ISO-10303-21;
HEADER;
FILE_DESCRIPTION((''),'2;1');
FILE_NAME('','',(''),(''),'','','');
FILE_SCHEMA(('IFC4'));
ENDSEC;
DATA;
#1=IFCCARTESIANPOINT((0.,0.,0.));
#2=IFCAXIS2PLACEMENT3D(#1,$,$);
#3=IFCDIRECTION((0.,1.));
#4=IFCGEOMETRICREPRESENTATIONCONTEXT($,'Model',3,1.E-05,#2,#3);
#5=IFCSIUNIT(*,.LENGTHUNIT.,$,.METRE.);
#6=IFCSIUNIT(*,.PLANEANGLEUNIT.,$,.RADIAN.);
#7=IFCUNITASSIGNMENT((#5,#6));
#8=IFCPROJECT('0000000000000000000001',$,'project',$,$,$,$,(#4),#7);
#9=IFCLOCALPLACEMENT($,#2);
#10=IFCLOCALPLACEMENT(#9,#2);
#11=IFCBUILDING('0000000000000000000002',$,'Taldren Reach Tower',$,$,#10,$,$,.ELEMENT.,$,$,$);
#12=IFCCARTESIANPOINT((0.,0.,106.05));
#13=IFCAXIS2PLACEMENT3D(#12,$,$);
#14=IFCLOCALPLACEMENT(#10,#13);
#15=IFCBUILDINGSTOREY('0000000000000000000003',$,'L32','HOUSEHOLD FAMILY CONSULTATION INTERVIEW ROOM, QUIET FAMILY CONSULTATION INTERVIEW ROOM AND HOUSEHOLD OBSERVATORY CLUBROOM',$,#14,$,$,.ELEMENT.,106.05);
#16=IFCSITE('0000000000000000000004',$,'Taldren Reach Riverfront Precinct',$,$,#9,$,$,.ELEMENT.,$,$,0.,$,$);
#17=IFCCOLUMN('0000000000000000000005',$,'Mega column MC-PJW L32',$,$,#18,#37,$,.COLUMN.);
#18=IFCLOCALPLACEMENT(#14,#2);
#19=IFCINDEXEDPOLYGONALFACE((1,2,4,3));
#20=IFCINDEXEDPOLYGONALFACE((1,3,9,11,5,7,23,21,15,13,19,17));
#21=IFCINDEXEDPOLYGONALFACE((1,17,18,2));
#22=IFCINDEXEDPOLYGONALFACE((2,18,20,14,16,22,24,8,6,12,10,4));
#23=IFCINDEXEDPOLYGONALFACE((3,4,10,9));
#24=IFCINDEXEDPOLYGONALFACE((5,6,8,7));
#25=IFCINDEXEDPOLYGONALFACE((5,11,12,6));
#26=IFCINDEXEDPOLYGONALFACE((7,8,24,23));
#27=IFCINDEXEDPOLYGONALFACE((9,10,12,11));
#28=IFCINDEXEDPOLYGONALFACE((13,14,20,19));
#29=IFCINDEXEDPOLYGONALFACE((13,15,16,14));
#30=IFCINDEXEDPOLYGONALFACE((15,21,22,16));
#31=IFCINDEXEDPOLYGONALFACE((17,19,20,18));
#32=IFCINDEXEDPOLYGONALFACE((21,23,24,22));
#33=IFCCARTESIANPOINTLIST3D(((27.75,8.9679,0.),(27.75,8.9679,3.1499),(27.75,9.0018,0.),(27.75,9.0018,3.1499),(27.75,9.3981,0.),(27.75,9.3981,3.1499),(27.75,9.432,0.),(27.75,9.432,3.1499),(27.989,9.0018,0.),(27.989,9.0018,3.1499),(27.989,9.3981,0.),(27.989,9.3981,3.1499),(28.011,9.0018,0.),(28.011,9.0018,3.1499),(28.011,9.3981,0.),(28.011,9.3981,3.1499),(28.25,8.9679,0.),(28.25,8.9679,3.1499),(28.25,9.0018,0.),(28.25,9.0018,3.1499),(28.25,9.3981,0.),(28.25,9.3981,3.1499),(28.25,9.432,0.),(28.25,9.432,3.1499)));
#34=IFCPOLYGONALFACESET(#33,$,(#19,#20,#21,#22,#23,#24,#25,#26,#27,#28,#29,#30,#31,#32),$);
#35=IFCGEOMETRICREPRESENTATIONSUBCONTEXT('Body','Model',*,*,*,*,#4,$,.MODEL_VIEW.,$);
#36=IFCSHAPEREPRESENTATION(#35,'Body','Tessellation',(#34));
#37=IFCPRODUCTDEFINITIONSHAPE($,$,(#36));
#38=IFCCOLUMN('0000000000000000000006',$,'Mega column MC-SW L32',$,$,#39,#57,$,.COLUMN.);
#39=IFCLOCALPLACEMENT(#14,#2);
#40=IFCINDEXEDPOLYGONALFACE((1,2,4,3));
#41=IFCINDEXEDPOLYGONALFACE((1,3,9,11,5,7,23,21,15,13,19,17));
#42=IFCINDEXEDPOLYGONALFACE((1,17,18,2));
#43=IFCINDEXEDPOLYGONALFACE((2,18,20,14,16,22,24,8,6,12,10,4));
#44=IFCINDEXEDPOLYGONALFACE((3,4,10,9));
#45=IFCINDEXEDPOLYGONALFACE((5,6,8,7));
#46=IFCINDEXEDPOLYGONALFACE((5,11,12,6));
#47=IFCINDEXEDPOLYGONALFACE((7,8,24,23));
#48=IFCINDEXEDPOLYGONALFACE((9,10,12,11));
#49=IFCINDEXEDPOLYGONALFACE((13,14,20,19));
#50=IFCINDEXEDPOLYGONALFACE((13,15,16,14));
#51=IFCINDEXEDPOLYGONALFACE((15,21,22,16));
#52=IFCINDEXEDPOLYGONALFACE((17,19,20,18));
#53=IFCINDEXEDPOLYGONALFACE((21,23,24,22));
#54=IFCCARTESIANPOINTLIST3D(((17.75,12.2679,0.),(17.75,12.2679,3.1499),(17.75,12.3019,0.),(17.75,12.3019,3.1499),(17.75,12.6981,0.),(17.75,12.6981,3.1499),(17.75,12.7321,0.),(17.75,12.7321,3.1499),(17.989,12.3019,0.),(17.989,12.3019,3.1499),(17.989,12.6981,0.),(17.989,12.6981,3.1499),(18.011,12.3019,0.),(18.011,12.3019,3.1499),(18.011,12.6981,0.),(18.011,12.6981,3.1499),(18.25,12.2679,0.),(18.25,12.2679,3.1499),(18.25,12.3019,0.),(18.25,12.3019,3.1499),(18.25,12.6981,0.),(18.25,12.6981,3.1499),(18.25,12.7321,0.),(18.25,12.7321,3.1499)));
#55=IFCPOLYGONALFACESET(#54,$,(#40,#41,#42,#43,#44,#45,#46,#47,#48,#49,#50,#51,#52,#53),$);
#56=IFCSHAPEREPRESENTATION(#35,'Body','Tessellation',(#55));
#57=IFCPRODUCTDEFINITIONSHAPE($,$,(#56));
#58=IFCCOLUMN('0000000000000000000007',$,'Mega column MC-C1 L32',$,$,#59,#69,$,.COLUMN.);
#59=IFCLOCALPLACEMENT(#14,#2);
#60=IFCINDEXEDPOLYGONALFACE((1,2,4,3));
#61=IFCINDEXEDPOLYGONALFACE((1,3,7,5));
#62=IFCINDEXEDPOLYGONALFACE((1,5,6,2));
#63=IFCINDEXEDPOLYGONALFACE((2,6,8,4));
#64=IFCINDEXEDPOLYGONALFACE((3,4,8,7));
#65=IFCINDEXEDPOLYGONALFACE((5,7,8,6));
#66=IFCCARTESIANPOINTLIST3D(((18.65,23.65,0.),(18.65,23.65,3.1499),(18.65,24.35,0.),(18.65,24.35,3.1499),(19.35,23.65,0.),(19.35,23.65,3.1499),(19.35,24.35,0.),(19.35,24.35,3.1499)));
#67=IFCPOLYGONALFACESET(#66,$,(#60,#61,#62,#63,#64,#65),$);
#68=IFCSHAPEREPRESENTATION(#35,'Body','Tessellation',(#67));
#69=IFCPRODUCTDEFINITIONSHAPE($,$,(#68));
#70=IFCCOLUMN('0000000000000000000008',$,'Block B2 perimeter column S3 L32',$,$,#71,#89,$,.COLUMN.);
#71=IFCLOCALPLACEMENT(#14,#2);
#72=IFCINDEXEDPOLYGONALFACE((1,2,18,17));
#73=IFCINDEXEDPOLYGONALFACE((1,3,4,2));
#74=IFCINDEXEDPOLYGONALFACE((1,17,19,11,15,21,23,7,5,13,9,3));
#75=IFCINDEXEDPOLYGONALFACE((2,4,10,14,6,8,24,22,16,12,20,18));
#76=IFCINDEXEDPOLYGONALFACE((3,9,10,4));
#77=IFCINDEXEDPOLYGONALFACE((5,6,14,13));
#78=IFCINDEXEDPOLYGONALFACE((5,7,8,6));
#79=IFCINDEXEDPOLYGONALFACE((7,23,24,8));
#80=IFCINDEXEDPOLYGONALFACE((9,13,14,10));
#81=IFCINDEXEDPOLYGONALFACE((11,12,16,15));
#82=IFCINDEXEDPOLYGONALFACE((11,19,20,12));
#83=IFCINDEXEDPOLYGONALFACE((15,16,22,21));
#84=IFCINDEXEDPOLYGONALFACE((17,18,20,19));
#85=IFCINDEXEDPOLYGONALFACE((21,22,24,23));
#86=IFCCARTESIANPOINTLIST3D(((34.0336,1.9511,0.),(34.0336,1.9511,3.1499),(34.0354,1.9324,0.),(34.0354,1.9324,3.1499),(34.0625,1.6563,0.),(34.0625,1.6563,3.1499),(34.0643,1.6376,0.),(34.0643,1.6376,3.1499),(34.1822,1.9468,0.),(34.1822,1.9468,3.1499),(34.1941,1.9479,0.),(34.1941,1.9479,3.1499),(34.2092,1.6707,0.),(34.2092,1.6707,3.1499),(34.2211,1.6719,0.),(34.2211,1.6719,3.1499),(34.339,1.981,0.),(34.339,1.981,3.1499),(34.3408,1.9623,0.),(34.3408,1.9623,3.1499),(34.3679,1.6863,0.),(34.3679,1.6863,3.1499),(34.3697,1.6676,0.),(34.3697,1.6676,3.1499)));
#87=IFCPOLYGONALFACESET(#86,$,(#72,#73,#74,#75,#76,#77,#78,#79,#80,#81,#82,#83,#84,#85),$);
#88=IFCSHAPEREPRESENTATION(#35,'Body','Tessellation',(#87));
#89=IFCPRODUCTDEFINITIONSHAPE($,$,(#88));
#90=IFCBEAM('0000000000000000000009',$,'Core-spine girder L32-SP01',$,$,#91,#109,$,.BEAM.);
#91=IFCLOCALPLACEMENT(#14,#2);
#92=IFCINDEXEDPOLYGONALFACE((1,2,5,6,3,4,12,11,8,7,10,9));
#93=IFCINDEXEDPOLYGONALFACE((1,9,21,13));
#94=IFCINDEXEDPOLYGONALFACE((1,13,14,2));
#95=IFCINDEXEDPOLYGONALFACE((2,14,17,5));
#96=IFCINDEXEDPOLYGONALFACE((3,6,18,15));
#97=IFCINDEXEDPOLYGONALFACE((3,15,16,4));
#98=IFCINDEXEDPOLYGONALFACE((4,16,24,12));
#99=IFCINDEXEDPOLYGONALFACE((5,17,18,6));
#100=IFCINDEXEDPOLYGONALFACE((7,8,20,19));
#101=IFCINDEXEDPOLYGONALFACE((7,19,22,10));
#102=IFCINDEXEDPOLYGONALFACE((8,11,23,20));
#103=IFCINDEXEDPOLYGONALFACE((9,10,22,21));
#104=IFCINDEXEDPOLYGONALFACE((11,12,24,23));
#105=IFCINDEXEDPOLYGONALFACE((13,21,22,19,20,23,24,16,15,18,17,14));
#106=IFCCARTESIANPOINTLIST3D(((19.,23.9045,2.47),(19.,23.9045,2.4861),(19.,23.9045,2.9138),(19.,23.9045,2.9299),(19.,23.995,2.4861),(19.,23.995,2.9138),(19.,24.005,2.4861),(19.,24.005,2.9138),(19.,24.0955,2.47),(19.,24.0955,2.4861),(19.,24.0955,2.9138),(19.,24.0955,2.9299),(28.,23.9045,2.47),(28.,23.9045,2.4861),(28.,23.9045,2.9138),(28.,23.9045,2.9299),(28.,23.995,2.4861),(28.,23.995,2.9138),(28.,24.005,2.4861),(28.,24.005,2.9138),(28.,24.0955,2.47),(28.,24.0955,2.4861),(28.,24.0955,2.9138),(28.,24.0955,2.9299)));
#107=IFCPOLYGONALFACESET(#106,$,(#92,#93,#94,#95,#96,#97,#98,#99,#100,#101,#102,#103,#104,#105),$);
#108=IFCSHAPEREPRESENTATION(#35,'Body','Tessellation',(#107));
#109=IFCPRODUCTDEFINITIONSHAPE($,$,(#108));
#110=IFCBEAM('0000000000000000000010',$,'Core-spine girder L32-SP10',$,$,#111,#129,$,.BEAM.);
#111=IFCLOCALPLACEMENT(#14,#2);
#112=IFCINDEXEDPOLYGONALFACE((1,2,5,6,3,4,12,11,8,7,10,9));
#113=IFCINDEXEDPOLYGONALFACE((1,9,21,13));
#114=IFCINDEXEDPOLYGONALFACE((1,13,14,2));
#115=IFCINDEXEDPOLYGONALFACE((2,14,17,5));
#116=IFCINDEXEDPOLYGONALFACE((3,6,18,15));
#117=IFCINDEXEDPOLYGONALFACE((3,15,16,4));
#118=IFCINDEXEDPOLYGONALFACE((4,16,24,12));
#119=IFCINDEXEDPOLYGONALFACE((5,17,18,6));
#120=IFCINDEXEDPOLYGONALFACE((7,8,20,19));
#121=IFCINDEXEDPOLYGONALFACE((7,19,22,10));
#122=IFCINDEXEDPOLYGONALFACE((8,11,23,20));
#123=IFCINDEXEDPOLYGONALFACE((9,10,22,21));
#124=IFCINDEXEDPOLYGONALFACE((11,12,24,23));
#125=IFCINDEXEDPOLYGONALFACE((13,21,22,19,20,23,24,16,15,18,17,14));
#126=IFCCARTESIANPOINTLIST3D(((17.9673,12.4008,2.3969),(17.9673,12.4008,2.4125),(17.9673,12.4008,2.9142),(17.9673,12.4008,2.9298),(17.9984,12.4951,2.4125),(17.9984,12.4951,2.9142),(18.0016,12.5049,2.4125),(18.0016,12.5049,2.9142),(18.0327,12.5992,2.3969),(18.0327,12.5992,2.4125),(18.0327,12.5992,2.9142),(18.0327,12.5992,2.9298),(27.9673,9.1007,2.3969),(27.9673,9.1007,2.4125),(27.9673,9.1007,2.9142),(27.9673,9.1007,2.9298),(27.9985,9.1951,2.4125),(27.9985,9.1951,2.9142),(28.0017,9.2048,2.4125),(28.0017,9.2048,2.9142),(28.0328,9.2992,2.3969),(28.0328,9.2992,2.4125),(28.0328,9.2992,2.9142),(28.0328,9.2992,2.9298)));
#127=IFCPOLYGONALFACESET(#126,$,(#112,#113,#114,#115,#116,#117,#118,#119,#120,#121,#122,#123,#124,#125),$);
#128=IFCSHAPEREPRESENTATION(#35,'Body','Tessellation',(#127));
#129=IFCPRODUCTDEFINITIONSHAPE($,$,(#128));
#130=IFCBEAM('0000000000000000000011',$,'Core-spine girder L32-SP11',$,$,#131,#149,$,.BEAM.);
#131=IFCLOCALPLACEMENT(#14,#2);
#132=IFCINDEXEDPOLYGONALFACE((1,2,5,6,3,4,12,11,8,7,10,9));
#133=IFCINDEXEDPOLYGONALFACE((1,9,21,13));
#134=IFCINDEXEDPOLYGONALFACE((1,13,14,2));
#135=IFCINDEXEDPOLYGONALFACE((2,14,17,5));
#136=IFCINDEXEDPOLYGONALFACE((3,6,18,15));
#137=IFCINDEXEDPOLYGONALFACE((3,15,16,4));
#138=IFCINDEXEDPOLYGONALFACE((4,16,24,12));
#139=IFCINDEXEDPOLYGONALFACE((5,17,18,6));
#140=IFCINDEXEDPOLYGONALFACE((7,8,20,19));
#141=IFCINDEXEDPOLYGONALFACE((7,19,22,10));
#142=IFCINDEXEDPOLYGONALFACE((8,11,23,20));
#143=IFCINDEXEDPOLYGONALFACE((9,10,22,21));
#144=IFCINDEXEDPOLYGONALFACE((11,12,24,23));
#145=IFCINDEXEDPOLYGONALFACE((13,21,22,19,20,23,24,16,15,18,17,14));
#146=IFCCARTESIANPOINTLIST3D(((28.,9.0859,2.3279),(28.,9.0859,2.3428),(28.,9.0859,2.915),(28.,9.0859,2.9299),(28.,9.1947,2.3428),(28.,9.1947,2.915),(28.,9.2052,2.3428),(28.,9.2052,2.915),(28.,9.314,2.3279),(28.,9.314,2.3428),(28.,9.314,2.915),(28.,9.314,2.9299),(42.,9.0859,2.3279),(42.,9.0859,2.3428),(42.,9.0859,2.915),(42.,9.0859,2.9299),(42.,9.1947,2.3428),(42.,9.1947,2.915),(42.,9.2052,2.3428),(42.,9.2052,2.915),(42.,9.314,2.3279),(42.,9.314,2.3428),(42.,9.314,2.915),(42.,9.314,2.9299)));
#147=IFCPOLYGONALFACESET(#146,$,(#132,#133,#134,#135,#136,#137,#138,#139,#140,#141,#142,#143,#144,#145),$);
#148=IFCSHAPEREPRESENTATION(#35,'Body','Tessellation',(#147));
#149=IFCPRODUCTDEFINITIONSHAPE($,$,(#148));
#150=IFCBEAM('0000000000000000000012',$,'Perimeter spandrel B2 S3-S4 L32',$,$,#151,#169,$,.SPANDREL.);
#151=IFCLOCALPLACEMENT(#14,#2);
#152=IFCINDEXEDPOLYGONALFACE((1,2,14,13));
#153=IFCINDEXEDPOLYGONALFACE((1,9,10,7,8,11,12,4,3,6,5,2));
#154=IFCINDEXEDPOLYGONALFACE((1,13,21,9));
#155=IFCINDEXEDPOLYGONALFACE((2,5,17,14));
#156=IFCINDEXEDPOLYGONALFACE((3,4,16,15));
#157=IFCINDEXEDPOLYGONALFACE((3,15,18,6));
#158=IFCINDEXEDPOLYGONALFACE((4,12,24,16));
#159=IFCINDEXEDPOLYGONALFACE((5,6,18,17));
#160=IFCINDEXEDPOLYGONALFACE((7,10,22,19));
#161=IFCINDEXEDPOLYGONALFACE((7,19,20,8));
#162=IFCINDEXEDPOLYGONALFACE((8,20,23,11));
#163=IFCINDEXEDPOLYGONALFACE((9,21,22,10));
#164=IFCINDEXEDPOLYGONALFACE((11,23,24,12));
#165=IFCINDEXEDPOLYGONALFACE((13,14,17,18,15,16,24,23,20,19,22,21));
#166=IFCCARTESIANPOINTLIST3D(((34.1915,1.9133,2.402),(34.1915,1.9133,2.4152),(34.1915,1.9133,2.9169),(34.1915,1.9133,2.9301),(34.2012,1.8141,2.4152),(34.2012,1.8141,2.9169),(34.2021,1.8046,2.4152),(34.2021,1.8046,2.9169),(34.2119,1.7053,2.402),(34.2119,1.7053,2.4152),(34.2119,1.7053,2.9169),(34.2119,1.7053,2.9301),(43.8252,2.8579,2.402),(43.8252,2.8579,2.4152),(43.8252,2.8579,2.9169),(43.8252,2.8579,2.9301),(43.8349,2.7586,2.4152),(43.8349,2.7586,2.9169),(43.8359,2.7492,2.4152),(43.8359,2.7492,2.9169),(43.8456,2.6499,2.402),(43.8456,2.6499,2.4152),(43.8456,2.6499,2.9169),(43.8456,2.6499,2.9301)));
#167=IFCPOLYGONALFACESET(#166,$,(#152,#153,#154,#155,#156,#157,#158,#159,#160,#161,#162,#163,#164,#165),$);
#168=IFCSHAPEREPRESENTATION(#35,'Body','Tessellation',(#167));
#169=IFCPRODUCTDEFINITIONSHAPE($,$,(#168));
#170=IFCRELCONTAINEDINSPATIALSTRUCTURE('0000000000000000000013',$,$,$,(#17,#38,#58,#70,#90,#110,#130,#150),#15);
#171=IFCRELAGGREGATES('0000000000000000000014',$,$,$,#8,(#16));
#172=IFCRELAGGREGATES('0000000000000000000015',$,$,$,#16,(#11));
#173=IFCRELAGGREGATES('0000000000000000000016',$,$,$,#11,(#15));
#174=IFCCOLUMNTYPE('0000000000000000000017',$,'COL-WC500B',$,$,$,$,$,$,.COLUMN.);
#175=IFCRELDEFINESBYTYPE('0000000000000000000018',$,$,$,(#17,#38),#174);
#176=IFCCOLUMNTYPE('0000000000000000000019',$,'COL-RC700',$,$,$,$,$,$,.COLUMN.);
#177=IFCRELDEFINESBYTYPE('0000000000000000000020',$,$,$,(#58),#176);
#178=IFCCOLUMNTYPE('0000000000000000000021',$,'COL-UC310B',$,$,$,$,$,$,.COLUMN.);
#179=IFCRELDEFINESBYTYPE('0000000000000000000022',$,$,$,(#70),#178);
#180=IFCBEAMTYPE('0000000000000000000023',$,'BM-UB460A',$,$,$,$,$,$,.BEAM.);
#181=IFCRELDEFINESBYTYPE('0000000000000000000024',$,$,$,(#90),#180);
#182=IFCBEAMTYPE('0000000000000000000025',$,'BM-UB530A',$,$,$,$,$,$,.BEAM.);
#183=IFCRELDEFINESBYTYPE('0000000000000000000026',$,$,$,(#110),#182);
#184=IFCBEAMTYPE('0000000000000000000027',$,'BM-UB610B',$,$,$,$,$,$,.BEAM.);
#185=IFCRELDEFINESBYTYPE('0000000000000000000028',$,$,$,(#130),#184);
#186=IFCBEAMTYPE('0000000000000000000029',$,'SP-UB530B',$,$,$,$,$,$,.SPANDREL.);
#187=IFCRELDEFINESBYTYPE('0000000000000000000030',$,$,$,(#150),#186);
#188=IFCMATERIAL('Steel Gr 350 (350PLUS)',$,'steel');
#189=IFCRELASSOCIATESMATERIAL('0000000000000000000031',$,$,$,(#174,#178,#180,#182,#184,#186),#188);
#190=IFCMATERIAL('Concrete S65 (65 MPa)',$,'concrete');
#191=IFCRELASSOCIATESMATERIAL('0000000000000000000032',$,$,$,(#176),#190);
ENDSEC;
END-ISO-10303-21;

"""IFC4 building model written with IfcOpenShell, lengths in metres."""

from ifc_helpers import new_model, si_unit, direction, frame, origin, origin_2d, place, context, subcontext, project, spatial, rectangle, i_section, extrude, source, transform, mapped, material, material_profile, profile_set, type_object, element, save


model = new_model("IFC4")

# Units and contexts
model_context = context("Model", 3, precision=1e-05, world=origin(), true_north=direction((0.0, 1.0)))
body_context = subcontext(model_context, "Body", "Model", "MODEL_VIEW")
ifc_project = project(units=[si_unit("LENGTHUNIT", "METRE"), si_unit("PLANEANGLEUNIT", "RADIAN")], contexts=[model_context])

# Site, building, storey
site_placement = place(None, origin())
site = spatial("IfcSite", under=ifc_project, at=site_placement, Name="Taldren Reach Riverfront Precinct", CompositionType="ELEMENT", RefElevation=0.0)
building_placement = place(site_placement, origin())
building = spatial("IfcBuilding", under=site, at=building_placement, Name="Taldren Reach Tower", CompositionType="ELEMENT")
storey_placement = place(building_placement, frame((0.0, 0.0, 106.05)))
storey = spatial("IfcBuildingStorey", under=building, at=storey_placement, Name="L32", Description="HOUSEHOLD FAMILY CONSULTATION INTERVIEW ROOM, QUIET FAMILY CONSULTATION INTERVIEW ROOM AND HOUSEHOLD OBSERVATORY CLUBROOM", CompositionType="ELEMENT", Elevation=106.05)

# Columns
ifc_material_1 = material(Name="Steel Gr 350 (350PLUS)", Category="steel")
ifc_material_profile_1 = material_profile(ifc_material_1, i_section(OverallWidth=0.5, OverallDepth=0.4641, WebThickness=0.022, FlangeThickness=0.0339, at=origin_2d()), Name="500WC340")
ifc_profile_set_1 = profile_set([ifc_material_profile_1], Name="Steel Gr 350 (350PLUS)")
column_type_1 = type_object("IfcColumnType", Name="COL-WC500B", PredefinedType="COLUMN", material=ifc_profile_set_1)
shared_shape_1 = source(origin(), body_context, "Body", "SweptSolid", [
    extrude(i_section(OverallWidth=0.5, OverallDepth=0.4641, WebThickness=0.022, FlangeThickness=0.0339, at=origin_2d()), origin(), (0.0, 0.0, 1.0), 3.1499),
])
for number, where, z_axis, x_axis, name in (
    (1, (28.0, 9.2, 0.0), (0.0, 0.0, 1.0), (1.0, 0.0, 0.0), "Mega column MC-PJW L32"),
    (2, (18.0, 12.5, 0.0), (0.0, 0.0, 1.0), (1.0, 0.0, 0.0), "Mega column MC-SW L32"),
):
    element("IfcColumn", number, at=place(storey_placement, frame(where, z_axis=z_axis, x_axis=x_axis)), inside=storey, type_object=column_type_1, Name=name, PredefinedType="COLUMN", context=body_context, shape_type="MappedRepresentation", body=[
        mapped(shared_shape_1, transform((0.0, 0.0, 0.0), scale=1.0)),
    ])
ifc_material_2 = material(Name="Concrete S65 (65 MPa)", Category="concrete")
ifc_material_profile_2 = material_profile(ifc_material_2, rectangle(XDim=0.7, YDim=0.7, at=origin_2d()), Name="RC-700x700")
ifc_profile_set_2 = profile_set([ifc_material_profile_2], Name="Concrete S65 (65 MPa)")
column_type_2 = type_object("IfcColumnType", Name="COL-RC700", PredefinedType="COLUMN", material=ifc_profile_set_2)
shared_shape_2 = source(origin(), body_context, "Body", "SweptSolid", [
    extrude(rectangle(XDim=0.7, YDim=0.7, at=origin_2d()), origin(), (0.0, 0.0, 1.0), 3.1499),
])
column_1_placement = place(storey_placement, frame((19.0, 24.0, 0.0), z_axis=(0.0, 0.0, 1.0), x_axis=(1.0, 0.0, 0.0)))
element("IfcColumn", 3, at=column_1_placement, inside=storey, type_object=column_type_2, Name="Mega column MC-C1 L32", PredefinedType="COLUMN", context=body_context, shape_type="MappedRepresentation", body=[
    mapped(shared_shape_2, transform((0.0, 0.0, 0.0), scale=1.0)),
])
ifc_material_profile_3 = material_profile(ifc_material_1, i_section(OverallWidth=0.3069, OverallDepth=0.3149, WebThickness=0.012, FlangeThickness=0.0188, at=origin_2d()), Name="310UC118")
ifc_profile_set_3 = profile_set([ifc_material_profile_3], Name="Steel Gr 350 (350PLUS)")
column_type_3 = type_object("IfcColumnType", Name="COL-UC310B", PredefinedType="COLUMN", material=ifc_profile_set_3)
shared_shape_3 = source(origin(), body_context, "Body", "SweptSolid", [
    extrude(i_section(OverallWidth=0.3069, OverallDepth=0.3149, WebThickness=0.012, FlangeThickness=0.0188, at=origin_2d()), origin(), (0.0, 0.0, 1.0), 3.1499),
])
column_2_placement = place(storey_placement, frame((34.2017, 1.8093, 0.0), z_axis=(0.0, 0.0, 1.0), x_axis=(0.995227, 0.097583, 0.0)))
element("IfcColumn", 4, at=column_2_placement, inside=storey, type_object=column_type_3, Name="Block B2 perimeter column S3 L32", PredefinedType="COLUMN", context=body_context, shape_type="MappedRepresentation", body=[
    mapped(shared_shape_3, transform((0.0, 0.0, 0.0), scale=1.0)),
])

# Beams
ifc_material_profile_4 = material_profile(ifc_material_1, i_section(OverallWidth=0.1909, OverallDepth=0.46, WebThickness=0.01, FlangeThickness=0.0161, at=origin_2d()), Name="460UB82.1")
ifc_profile_set_4 = profile_set([ifc_material_profile_4], Name="Steel Gr 350 (350PLUS)")
beam_type_1 = type_object("IfcBeamType", Name="BM-UB460A", PredefinedType="BEAM", material=ifc_profile_set_4)
shared_shape_4 = source(origin(), body_context, "Body", "SweptSolid", [
    extrude(i_section(OverallWidth=0.1909, OverallDepth=0.46, WebThickness=0.01, FlangeThickness=0.0161, at=origin_2d()), origin(), (0.0, 0.0, 1.0), 9.0),
])
beam_1_placement = place(storey_placement, frame((19.0, 24.0, 2.7), z_axis=(1.0, 0.0, 0.0), x_axis=(0.0, 1.0, 0.0)))
element("IfcBeam", 5, at=beam_1_placement, inside=storey, type_object=beam_type_1, Name="Core-spine girder L32-SP01", PredefinedType="BEAM", context=body_context, shape_type="MappedRepresentation", body=[
    mapped(shared_shape_4, transform((0.0, 0.0, 0.0), scale=1.0)),
])
ifc_material_profile_5 = material_profile(ifc_material_1, i_section(OverallWidth=0.209, OverallDepth=0.533, WebThickness=0.0103, FlangeThickness=0.0156, at=origin_2d()), Name="530UB92.4")
ifc_profile_set_5 = profile_set([ifc_material_profile_5], Name="Steel Gr 350 (350PLUS)")
beam_type_2 = type_object("IfcBeamType", Name="BM-UB530A", PredefinedType="BEAM", material=ifc_profile_set_5)
shared_shape_5 = source(origin(), body_context, "Body", "SweptSolid", [
    extrude(i_section(OverallWidth=0.209, OverallDepth=0.533, WebThickness=0.0103, FlangeThickness=0.0156, at=origin_2d()), origin(), (0.0, 0.0, 1.0), 10.5305),
])
beam_2_placement = place(storey_placement, frame((18.0, 12.5, 2.6633), z_axis=(0.949627, -0.313382, 0.0), x_axis=(0.313382, 0.949627, 0.0)))
element("IfcBeam", 6, at=beam_2_placement, inside=storey, type_object=beam_type_2, Name="Core-spine girder L32-SP10", PredefinedType="BEAM", context=body_context, shape_type="MappedRepresentation", body=[
    mapped(shared_shape_5, transform((0.0, 0.0, 0.0), scale=1.0)),
])
ifc_material_profile_6 = material_profile(ifc_material_1, i_section(OverallWidth=0.228, OverallDepth=0.6021, WebThickness=0.0105, FlangeThickness=0.0149, at=origin_2d()), Name="610UB101")
ifc_profile_set_6 = profile_set([ifc_material_profile_6], Name="Steel Gr 350 (350PLUS)")
beam_type_3 = type_object("IfcBeamType", Name="BM-UB610B", PredefinedType="BEAM", material=ifc_profile_set_6)
shared_shape_6 = source(origin(), body_context, "Body", "SweptSolid", [
    extrude(i_section(OverallWidth=0.228, OverallDepth=0.6021, WebThickness=0.0105, FlangeThickness=0.0149, at=origin_2d()), origin(), (0.0, 0.0, 1.0), 14.0),
])
beam_3_placement = place(storey_placement, frame((28.0, 9.2, 2.6289), z_axis=(1.0, 0.0, 0.0), x_axis=(0.0, 1.0, 0.0)))
element("IfcBeam", 7, at=beam_3_placement, inside=storey, type_object=beam_type_3, Name="Core-spine girder L32-SP11", PredefinedType="BEAM", context=body_context, shape_type="MappedRepresentation", body=[
    mapped(shared_shape_6, transform((0.0, 0.0, 0.0), scale=1.0)),
])
ifc_material_profile_7 = material_profile(ifc_material_1, i_section(OverallWidth=0.209, OverallDepth=0.5281, WebThickness=0.0095, FlangeThickness=0.0132, at=origin_2d()), Name="530UB82.0")
ifc_profile_set_7 = profile_set([ifc_material_profile_7], Name="Steel Gr 350 (350PLUS)")
beam_type_4 = type_object("IfcBeamType", Name="SP-UB530B", PredefinedType="SPANDREL", material=ifc_profile_set_7)
shared_shape_7 = source(origin(), body_context, "Body", "SweptSolid", [
    extrude(i_section(OverallWidth=0.209, OverallDepth=0.5281, WebThickness=0.0095, FlangeThickness=0.0132, at=origin_2d()), origin(), (0.0, 0.0, 1.0), 9.6799),
])
beam_4_placement = place(storey_placement, frame((34.2017, 1.8093, 2.666), z_axis=(0.995228, 0.097581, 0.0), x_axis=(-0.097581, 0.995228, 0.0)))
element("IfcBeam", 8, at=beam_4_placement, inside=storey, type_object=beam_type_4, Name="Perimeter spandrel B2 S3-S4 L32", PredefinedType="SPANDREL", context=body_context, shape_type="MappedRepresentation", body=[
    mapped(shared_shape_7, transform((0.0, 0.0, 0.0), scale=1.0)),
])

save(model, "model.ifc")
